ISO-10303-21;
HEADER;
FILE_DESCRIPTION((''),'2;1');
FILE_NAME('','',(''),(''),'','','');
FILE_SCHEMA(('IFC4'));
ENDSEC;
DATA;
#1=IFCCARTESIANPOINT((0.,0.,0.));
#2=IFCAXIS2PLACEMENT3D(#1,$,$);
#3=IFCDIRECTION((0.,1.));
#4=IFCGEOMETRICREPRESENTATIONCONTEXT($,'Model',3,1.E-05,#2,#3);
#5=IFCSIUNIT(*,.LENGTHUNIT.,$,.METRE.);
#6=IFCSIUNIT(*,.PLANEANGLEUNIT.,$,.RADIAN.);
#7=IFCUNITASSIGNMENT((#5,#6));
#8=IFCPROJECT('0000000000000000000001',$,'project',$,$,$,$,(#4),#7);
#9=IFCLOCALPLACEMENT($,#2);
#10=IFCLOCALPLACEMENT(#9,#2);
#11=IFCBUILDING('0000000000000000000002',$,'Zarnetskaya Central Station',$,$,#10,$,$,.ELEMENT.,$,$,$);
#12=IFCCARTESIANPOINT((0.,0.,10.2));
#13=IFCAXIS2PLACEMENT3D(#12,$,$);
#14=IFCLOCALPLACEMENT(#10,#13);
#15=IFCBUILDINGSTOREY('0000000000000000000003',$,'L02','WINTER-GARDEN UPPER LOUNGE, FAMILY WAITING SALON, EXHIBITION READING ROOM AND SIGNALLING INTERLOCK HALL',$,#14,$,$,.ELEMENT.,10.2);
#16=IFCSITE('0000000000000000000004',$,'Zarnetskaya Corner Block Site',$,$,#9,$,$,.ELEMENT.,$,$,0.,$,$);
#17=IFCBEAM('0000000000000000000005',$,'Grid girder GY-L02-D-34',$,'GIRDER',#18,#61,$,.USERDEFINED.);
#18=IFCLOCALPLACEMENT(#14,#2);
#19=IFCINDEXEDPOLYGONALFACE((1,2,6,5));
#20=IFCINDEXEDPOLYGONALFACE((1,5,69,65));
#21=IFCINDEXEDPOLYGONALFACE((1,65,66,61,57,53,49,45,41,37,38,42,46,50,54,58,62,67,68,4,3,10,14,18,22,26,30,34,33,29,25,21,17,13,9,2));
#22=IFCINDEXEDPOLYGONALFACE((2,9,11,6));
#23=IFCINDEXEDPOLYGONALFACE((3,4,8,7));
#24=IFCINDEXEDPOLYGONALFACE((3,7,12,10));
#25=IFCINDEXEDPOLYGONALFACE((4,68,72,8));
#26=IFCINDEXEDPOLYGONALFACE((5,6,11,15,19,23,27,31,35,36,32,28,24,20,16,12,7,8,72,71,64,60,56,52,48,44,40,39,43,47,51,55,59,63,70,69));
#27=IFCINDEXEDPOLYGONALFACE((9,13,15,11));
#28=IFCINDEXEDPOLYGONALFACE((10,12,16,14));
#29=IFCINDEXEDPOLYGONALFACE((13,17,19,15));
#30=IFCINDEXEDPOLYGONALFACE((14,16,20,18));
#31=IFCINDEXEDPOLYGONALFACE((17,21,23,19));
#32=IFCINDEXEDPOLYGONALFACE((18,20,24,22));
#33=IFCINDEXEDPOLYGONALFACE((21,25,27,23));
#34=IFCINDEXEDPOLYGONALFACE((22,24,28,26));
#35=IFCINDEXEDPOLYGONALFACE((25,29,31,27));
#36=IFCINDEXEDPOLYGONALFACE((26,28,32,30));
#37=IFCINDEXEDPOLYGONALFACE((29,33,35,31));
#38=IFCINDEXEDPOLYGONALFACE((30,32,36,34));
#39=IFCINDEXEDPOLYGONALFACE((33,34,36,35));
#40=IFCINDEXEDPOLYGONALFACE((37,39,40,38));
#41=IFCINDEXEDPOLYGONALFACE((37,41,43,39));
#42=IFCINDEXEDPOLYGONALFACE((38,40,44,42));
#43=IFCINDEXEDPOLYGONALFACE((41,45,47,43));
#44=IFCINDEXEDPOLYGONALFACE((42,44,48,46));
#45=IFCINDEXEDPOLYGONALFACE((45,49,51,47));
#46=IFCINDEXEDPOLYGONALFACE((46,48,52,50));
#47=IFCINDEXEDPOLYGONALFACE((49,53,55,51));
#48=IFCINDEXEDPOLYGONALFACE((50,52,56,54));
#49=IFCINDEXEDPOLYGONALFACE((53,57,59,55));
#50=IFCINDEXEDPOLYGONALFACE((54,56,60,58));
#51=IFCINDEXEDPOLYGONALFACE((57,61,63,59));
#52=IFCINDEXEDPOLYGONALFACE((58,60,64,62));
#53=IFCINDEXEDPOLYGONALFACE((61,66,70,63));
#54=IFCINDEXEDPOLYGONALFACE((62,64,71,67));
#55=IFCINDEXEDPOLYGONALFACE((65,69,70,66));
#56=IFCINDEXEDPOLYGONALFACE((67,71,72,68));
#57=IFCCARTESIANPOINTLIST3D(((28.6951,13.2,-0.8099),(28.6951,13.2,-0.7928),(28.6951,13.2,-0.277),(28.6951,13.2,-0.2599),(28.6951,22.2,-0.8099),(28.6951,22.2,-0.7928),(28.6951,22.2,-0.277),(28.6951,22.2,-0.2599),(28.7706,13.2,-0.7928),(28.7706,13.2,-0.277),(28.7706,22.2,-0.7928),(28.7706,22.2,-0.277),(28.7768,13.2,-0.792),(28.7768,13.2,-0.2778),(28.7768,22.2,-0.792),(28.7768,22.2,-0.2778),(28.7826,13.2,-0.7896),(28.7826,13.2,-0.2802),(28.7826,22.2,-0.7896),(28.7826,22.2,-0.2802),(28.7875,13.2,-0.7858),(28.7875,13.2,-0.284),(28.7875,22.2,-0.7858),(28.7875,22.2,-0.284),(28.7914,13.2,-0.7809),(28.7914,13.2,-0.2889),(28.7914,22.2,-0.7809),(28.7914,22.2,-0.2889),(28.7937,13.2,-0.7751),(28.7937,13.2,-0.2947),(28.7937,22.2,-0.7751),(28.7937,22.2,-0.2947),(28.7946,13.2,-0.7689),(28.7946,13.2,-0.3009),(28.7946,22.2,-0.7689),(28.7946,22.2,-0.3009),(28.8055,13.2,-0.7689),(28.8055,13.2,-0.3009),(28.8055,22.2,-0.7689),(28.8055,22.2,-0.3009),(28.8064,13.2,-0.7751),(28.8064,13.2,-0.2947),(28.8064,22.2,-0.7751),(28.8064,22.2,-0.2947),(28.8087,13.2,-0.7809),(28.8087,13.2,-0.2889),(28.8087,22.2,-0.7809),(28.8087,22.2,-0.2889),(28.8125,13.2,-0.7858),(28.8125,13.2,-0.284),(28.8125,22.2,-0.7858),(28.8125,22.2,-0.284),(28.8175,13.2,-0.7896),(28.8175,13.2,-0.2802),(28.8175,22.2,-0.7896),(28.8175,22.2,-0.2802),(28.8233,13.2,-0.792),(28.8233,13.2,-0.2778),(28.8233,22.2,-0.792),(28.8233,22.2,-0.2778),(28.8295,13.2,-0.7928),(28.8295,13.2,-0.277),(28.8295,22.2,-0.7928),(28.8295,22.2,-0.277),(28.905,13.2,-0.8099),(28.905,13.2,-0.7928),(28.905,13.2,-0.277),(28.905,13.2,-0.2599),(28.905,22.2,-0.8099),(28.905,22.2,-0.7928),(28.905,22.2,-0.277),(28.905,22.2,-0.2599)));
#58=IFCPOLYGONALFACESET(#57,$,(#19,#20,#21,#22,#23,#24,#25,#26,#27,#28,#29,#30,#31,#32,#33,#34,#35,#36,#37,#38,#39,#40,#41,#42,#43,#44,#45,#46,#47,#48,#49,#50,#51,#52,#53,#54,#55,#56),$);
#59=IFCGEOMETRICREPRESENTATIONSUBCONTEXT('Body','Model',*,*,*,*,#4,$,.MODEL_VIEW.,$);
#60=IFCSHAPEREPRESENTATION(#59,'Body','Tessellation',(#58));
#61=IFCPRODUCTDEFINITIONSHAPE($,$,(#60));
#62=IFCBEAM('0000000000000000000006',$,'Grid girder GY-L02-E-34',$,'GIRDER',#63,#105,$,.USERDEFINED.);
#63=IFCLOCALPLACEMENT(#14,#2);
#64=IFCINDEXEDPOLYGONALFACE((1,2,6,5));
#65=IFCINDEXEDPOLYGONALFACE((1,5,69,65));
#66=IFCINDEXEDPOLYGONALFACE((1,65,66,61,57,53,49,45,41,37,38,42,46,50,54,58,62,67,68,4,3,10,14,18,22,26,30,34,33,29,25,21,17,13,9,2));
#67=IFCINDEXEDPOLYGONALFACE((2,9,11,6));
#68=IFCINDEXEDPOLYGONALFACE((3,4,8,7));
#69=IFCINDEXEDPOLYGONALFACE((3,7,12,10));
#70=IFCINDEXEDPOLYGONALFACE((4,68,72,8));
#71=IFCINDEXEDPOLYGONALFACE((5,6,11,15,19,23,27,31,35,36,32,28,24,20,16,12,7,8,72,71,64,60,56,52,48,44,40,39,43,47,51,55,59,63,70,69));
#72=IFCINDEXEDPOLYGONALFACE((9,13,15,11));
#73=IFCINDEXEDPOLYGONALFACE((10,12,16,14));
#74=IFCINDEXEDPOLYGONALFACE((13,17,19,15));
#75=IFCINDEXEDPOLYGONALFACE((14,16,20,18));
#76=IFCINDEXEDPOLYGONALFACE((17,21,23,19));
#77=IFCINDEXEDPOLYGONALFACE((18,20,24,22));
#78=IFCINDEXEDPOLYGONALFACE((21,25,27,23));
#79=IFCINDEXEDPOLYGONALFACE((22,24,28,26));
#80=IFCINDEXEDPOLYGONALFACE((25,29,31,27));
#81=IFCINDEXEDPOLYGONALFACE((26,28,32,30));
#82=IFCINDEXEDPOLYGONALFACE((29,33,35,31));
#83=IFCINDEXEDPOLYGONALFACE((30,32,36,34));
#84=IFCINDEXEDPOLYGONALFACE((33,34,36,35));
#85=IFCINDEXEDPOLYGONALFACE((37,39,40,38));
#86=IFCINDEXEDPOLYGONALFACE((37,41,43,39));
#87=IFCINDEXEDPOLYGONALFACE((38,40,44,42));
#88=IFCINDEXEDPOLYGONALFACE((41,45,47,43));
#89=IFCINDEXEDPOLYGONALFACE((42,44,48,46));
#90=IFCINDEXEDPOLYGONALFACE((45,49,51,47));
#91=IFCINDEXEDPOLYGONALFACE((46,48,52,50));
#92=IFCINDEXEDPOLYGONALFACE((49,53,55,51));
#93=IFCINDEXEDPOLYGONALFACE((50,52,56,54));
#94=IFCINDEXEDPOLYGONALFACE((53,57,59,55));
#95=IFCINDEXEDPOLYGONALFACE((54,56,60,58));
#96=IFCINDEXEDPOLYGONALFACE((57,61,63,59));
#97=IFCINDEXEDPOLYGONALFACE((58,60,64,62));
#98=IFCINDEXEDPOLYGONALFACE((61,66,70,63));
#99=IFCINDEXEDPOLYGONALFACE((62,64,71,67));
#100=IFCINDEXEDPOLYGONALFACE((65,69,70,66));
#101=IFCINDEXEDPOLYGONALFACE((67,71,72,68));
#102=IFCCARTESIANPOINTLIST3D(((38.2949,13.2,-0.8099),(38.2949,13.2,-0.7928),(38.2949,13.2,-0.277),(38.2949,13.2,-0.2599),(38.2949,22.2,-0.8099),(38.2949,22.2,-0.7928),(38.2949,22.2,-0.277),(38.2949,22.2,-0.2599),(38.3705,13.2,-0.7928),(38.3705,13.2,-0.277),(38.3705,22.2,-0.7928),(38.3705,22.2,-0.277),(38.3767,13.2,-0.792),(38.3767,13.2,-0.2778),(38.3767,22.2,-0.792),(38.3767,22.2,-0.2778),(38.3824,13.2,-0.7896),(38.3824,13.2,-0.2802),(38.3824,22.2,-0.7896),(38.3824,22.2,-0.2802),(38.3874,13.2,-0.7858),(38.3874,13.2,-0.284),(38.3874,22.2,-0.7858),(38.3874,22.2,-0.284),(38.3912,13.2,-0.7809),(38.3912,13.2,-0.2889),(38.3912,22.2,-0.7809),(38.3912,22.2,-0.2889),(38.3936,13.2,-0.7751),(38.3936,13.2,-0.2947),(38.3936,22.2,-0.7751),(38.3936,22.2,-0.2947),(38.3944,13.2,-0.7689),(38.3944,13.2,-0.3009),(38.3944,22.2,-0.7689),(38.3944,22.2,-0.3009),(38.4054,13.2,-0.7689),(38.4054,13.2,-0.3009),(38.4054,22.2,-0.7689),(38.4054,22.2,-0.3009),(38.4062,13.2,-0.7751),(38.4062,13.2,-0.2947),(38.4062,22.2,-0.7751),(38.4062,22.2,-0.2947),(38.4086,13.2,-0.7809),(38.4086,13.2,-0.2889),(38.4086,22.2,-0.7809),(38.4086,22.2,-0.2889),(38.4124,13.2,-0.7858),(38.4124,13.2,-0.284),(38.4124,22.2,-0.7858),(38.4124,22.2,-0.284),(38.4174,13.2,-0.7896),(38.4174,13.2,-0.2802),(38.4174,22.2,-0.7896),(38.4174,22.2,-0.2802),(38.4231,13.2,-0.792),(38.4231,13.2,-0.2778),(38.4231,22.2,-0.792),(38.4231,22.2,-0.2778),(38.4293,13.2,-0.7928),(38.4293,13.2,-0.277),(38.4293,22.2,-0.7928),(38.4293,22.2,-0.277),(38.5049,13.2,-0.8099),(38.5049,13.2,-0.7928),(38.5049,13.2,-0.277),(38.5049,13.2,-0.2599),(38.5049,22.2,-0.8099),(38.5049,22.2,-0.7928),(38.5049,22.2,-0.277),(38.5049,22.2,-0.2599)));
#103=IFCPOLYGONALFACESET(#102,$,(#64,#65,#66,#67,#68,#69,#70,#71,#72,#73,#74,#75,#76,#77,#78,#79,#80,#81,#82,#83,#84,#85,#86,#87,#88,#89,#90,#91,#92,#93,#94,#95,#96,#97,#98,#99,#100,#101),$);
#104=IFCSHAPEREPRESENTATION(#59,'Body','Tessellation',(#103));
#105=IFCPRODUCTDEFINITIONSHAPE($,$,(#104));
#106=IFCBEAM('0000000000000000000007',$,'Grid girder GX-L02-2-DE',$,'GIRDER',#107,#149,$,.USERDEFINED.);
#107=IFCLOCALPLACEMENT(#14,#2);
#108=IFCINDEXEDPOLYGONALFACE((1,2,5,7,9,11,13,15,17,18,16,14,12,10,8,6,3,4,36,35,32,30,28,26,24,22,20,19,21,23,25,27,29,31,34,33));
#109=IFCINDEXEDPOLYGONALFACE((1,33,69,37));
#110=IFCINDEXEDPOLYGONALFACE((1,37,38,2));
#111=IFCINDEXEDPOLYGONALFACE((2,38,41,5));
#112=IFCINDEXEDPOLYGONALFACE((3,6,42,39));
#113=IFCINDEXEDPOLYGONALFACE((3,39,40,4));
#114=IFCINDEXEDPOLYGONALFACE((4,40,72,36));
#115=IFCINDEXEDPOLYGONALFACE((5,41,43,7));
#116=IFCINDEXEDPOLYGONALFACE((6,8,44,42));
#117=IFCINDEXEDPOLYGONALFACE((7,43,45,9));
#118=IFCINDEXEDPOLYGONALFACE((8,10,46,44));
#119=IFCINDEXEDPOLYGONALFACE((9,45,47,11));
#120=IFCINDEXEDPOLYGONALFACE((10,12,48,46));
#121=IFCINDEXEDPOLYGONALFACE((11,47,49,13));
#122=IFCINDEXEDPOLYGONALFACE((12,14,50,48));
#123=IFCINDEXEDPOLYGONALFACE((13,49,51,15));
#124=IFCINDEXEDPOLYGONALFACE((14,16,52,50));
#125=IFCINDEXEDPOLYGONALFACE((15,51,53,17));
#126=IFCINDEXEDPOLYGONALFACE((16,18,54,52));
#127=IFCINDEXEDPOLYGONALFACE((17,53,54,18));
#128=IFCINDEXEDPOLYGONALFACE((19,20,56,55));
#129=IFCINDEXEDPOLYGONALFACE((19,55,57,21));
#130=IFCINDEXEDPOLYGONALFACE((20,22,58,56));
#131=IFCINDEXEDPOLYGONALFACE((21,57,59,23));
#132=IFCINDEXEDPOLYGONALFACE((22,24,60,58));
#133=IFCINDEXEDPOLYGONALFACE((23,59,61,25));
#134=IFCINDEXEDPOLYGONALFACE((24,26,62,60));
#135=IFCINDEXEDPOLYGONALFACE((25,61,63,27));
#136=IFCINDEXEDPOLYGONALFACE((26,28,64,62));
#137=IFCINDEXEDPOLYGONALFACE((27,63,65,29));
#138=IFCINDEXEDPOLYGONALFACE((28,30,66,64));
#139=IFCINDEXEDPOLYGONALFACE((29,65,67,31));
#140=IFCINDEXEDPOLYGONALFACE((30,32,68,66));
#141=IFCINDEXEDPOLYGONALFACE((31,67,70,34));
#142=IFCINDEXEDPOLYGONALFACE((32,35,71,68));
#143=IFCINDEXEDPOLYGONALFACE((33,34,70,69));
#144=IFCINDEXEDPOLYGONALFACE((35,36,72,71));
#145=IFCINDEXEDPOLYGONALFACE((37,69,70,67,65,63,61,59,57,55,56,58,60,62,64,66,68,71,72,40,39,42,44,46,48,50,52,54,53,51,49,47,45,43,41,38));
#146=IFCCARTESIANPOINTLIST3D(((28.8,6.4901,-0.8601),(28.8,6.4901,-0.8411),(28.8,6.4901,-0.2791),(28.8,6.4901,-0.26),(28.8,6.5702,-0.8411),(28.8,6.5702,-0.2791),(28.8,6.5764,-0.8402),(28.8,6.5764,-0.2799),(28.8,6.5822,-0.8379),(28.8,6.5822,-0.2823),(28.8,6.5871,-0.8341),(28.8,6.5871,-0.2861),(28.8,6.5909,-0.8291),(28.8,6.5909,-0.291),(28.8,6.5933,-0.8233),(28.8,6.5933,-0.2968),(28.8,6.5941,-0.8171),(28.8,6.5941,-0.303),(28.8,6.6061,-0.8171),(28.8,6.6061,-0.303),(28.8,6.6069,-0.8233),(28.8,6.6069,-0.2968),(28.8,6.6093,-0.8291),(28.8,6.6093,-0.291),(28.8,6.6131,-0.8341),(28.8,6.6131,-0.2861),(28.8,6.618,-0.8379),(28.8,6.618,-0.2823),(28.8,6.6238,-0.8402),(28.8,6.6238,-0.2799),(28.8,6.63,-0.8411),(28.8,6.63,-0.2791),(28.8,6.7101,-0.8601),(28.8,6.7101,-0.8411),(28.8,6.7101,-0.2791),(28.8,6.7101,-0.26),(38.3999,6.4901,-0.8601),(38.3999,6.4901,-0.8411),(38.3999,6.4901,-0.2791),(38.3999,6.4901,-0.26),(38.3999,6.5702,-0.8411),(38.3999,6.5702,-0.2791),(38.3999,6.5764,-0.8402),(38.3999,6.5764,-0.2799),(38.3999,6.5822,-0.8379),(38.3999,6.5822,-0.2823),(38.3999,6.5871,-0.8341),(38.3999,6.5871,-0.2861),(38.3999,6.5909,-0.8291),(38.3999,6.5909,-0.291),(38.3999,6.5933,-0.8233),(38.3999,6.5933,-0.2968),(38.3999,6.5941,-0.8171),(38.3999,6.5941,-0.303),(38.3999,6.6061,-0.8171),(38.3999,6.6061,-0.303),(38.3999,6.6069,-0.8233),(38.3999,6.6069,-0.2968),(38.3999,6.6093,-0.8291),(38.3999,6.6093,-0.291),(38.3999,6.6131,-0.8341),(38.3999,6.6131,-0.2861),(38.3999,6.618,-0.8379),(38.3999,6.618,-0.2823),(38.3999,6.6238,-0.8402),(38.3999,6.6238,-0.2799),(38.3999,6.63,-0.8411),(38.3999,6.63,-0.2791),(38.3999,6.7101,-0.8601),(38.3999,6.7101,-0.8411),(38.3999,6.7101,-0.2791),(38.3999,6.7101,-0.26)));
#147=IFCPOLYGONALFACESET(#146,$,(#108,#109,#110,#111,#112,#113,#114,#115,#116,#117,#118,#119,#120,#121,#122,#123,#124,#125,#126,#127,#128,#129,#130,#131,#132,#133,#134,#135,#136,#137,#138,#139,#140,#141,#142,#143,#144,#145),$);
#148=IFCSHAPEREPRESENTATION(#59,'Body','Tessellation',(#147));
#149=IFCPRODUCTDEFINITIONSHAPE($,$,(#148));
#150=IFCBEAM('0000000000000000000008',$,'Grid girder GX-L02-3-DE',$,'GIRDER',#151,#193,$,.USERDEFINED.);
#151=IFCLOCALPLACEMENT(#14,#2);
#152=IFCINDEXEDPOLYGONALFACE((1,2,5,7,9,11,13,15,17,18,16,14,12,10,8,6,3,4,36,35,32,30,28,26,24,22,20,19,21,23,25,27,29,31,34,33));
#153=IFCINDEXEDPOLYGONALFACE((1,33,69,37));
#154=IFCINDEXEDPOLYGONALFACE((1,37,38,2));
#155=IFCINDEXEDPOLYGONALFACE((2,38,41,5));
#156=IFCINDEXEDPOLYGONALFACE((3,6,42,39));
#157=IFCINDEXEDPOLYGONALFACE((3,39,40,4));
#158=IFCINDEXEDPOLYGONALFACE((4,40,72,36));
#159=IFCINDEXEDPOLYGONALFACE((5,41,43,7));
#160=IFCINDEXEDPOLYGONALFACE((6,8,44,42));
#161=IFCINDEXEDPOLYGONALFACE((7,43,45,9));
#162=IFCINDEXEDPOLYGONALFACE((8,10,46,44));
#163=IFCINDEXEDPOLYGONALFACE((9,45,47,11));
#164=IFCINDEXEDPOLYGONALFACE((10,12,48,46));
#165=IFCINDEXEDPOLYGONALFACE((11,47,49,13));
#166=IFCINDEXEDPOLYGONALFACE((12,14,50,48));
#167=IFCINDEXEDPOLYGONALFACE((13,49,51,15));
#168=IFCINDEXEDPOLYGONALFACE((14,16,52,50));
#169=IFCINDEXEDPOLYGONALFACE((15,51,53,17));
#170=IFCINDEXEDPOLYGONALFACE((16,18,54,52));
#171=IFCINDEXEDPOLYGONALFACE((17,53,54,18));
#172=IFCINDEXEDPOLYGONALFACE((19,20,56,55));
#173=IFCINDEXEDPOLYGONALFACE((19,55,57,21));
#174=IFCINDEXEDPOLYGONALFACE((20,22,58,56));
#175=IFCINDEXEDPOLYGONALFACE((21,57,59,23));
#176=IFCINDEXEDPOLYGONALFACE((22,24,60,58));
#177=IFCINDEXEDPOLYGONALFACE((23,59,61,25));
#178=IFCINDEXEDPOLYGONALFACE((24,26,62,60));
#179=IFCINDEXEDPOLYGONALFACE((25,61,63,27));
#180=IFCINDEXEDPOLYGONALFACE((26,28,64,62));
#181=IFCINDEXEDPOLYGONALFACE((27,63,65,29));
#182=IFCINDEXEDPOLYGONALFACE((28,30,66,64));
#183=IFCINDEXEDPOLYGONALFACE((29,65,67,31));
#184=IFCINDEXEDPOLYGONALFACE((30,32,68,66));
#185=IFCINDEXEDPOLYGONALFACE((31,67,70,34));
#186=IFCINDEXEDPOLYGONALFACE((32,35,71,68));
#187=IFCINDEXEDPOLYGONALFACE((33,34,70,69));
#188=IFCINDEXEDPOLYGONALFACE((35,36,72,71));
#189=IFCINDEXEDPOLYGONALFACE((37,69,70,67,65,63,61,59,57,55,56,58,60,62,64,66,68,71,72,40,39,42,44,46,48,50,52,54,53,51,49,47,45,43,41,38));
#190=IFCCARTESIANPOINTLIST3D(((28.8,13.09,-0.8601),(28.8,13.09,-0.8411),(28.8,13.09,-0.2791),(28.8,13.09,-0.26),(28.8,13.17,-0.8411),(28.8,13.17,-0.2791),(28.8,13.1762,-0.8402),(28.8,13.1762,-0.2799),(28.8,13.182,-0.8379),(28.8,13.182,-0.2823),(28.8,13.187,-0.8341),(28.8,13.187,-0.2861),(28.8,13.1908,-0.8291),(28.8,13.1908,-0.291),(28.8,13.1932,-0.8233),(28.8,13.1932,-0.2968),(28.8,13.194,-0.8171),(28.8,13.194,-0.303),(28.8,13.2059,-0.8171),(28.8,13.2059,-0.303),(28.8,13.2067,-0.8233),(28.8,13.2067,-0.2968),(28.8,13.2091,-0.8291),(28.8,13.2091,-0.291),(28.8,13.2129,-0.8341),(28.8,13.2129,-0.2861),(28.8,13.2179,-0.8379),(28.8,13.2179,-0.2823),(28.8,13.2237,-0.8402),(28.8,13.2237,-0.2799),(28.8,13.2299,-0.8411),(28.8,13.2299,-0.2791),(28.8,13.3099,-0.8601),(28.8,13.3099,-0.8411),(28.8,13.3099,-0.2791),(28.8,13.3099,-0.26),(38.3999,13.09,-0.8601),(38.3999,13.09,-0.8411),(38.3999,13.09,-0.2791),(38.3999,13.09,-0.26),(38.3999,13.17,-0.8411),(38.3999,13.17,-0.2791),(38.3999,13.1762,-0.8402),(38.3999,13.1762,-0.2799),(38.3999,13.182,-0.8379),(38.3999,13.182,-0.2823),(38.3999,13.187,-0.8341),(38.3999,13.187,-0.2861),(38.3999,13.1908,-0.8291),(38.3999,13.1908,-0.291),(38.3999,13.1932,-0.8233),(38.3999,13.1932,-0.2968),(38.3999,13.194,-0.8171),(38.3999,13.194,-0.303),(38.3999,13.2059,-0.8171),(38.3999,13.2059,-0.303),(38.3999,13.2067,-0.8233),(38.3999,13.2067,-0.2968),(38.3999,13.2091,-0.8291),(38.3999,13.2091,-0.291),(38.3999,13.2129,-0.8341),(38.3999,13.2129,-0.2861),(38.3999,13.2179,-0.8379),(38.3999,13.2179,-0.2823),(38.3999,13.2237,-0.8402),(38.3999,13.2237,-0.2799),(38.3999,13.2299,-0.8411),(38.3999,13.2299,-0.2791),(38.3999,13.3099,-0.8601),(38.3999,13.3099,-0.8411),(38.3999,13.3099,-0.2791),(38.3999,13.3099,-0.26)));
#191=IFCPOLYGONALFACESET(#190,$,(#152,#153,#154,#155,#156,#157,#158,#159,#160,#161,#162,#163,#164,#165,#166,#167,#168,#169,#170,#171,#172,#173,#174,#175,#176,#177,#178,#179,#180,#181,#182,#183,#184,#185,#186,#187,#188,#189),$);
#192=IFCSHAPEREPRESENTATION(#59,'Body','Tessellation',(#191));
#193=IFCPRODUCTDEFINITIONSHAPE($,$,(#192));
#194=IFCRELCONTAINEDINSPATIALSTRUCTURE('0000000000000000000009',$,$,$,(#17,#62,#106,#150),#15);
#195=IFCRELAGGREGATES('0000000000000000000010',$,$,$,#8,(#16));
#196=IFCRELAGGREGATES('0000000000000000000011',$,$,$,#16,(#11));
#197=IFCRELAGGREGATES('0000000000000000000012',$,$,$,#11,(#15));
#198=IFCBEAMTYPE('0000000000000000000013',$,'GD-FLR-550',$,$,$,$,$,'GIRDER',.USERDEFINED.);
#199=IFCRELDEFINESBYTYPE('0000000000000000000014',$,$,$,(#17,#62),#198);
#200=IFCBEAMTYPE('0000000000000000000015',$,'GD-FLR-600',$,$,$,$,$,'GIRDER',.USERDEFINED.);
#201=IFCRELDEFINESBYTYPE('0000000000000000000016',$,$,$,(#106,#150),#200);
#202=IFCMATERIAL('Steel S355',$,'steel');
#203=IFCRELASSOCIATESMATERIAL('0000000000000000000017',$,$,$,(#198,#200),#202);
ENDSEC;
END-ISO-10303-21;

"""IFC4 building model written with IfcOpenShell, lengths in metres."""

from ifc_helpers import new_model, si_unit, direction, frame, origin, origin_2d, place, context, subcontext, project, spatial, i_section, extrude, material, material_profile, profile_set, type_object, element, save


model = new_model("IFC4")

# Units and contexts
model_context = context("Model", 3, precision=1e-05, world=origin(), true_north=direction((0.0, 1.0)))
body_context = subcontext(model_context, "Body", "Model", "MODEL_VIEW")
ifc_project = project(units=[si_unit("LENGTHUNIT", "METRE"), si_unit("PLANEANGLEUNIT", "RADIAN")], contexts=[model_context])

# Site, building, storey
site_placement = place(None, origin())
site = spatial("IfcSite", under=ifc_project, at=site_placement, Name="Zarnetskaya Corner Block Site", CompositionType="ELEMENT", RefElevation=0.0)
building_placement = place(site_placement, origin())
building = spatial("IfcBuilding", under=site, at=building_placement, Name="Zarnetskaya Central Station", CompositionType="ELEMENT")
storey_placement = place(building_placement, frame((0.0, 0.0, 10.2)))
storey = spatial("IfcBuildingStorey", under=building, at=storey_placement, Name="L02", Description="WINTER-GARDEN UPPER LOUNGE, FAMILY WAITING SALON, EXHIBITION READING ROOM AND SIGNALLING INTERLOCK HALL", CompositionType="ELEMENT", Elevation=10.2)

# Shared definitions
ifc_material_1 = material(Name="Steel S355", Category="steel")

# Beams
ifc_material_profile_1 = material_profile(ifc_material_1, i_section(OverallWidth=0.21, OverallDepth=0.55, WebThickness=0.011, FlangeThickness=0.0171, FilletRadius=0.0239, at=origin_2d()), Name="IPE 550")
ifc_profile_set_1 = profile_set([ifc_material_profile_1], Name="Steel S355")
beam_type_1 = type_object("IfcBeamType", Name="GD-FLR-550", ElementType="GIRDER", PredefinedType="USERDEFINED", material=ifc_profile_set_1)
for number, where, z_axis, x_axis, name in (
    (1, (28.8, 13.2, -0.5349), (0.0, 1.0, 0.0), (-1.0, 0.0, 0.0), "Grid girder GY-L02-D-34"),
    (2, (38.3999, 13.2, -0.5349), (0.0, 1.0, 0.0), (-1.0, 0.0, 0.0), "Grid girder GY-L02-E-34"),
):
    element("IfcBeam", number, at=place(storey_placement, frame(where, z_axis=z_axis, x_axis=x_axis)), inside=storey, type_object=beam_type_1, Name=name, ObjectType="GIRDER", PredefinedType="USERDEFINED", context=body_context, shape_type="SweptSolid", body=[
        extrude(i_section(OverallWidth=0.21, OverallDepth=0.55, WebThickness=0.011, FlangeThickness=0.0171, FilletRadius=0.0239, at=origin_2d()), origin(), (0.0, 0.0, 1.0), 9.0),
    ])
ifc_material_profile_2 = material_profile(ifc_material_1, i_section(OverallWidth=0.22, OverallDepth=0.6001, WebThickness=0.012, FlangeThickness=0.019, FilletRadius=0.0239, at=origin_2d()), Name="IPE 600")
ifc_profile_set_2 = profile_set([ifc_material_profile_2], Name="Steel S355")
beam_type_2 = type_object("IfcBeamType", Name="GD-FLR-600", ElementType="GIRDER", PredefinedType="USERDEFINED", material=ifc_profile_set_2)
for number, where, z_axis, x_axis, name in (
    (3, (28.8, 6.6001, -0.5601), (1.0, 0.0, 0.0), (0.0, 1.0, 0.0), "Grid girder GX-L02-2-DE"),
    (4, (28.8, 13.2, -0.5601), (1.0, 0.0, 0.0), (0.0, 1.0, 0.0), "Grid girder GX-L02-3-DE"),
):
    element("IfcBeam", number, at=place(storey_placement, frame(where, z_axis=z_axis, x_axis=x_axis)), inside=storey, type_object=beam_type_2, Name=name, ObjectType="GIRDER", PredefinedType="USERDEFINED", context=body_context, shape_type="SweptSolid", body=[
        extrude(i_section(OverallWidth=0.22, OverallDepth=0.6001, WebThickness=0.012, FlangeThickness=0.019, FilletRadius=0.0239, at=origin_2d()), origin(), (0.0, 0.0, 1.0), 9.5999),
    ])

save(model, "model.ifc")
